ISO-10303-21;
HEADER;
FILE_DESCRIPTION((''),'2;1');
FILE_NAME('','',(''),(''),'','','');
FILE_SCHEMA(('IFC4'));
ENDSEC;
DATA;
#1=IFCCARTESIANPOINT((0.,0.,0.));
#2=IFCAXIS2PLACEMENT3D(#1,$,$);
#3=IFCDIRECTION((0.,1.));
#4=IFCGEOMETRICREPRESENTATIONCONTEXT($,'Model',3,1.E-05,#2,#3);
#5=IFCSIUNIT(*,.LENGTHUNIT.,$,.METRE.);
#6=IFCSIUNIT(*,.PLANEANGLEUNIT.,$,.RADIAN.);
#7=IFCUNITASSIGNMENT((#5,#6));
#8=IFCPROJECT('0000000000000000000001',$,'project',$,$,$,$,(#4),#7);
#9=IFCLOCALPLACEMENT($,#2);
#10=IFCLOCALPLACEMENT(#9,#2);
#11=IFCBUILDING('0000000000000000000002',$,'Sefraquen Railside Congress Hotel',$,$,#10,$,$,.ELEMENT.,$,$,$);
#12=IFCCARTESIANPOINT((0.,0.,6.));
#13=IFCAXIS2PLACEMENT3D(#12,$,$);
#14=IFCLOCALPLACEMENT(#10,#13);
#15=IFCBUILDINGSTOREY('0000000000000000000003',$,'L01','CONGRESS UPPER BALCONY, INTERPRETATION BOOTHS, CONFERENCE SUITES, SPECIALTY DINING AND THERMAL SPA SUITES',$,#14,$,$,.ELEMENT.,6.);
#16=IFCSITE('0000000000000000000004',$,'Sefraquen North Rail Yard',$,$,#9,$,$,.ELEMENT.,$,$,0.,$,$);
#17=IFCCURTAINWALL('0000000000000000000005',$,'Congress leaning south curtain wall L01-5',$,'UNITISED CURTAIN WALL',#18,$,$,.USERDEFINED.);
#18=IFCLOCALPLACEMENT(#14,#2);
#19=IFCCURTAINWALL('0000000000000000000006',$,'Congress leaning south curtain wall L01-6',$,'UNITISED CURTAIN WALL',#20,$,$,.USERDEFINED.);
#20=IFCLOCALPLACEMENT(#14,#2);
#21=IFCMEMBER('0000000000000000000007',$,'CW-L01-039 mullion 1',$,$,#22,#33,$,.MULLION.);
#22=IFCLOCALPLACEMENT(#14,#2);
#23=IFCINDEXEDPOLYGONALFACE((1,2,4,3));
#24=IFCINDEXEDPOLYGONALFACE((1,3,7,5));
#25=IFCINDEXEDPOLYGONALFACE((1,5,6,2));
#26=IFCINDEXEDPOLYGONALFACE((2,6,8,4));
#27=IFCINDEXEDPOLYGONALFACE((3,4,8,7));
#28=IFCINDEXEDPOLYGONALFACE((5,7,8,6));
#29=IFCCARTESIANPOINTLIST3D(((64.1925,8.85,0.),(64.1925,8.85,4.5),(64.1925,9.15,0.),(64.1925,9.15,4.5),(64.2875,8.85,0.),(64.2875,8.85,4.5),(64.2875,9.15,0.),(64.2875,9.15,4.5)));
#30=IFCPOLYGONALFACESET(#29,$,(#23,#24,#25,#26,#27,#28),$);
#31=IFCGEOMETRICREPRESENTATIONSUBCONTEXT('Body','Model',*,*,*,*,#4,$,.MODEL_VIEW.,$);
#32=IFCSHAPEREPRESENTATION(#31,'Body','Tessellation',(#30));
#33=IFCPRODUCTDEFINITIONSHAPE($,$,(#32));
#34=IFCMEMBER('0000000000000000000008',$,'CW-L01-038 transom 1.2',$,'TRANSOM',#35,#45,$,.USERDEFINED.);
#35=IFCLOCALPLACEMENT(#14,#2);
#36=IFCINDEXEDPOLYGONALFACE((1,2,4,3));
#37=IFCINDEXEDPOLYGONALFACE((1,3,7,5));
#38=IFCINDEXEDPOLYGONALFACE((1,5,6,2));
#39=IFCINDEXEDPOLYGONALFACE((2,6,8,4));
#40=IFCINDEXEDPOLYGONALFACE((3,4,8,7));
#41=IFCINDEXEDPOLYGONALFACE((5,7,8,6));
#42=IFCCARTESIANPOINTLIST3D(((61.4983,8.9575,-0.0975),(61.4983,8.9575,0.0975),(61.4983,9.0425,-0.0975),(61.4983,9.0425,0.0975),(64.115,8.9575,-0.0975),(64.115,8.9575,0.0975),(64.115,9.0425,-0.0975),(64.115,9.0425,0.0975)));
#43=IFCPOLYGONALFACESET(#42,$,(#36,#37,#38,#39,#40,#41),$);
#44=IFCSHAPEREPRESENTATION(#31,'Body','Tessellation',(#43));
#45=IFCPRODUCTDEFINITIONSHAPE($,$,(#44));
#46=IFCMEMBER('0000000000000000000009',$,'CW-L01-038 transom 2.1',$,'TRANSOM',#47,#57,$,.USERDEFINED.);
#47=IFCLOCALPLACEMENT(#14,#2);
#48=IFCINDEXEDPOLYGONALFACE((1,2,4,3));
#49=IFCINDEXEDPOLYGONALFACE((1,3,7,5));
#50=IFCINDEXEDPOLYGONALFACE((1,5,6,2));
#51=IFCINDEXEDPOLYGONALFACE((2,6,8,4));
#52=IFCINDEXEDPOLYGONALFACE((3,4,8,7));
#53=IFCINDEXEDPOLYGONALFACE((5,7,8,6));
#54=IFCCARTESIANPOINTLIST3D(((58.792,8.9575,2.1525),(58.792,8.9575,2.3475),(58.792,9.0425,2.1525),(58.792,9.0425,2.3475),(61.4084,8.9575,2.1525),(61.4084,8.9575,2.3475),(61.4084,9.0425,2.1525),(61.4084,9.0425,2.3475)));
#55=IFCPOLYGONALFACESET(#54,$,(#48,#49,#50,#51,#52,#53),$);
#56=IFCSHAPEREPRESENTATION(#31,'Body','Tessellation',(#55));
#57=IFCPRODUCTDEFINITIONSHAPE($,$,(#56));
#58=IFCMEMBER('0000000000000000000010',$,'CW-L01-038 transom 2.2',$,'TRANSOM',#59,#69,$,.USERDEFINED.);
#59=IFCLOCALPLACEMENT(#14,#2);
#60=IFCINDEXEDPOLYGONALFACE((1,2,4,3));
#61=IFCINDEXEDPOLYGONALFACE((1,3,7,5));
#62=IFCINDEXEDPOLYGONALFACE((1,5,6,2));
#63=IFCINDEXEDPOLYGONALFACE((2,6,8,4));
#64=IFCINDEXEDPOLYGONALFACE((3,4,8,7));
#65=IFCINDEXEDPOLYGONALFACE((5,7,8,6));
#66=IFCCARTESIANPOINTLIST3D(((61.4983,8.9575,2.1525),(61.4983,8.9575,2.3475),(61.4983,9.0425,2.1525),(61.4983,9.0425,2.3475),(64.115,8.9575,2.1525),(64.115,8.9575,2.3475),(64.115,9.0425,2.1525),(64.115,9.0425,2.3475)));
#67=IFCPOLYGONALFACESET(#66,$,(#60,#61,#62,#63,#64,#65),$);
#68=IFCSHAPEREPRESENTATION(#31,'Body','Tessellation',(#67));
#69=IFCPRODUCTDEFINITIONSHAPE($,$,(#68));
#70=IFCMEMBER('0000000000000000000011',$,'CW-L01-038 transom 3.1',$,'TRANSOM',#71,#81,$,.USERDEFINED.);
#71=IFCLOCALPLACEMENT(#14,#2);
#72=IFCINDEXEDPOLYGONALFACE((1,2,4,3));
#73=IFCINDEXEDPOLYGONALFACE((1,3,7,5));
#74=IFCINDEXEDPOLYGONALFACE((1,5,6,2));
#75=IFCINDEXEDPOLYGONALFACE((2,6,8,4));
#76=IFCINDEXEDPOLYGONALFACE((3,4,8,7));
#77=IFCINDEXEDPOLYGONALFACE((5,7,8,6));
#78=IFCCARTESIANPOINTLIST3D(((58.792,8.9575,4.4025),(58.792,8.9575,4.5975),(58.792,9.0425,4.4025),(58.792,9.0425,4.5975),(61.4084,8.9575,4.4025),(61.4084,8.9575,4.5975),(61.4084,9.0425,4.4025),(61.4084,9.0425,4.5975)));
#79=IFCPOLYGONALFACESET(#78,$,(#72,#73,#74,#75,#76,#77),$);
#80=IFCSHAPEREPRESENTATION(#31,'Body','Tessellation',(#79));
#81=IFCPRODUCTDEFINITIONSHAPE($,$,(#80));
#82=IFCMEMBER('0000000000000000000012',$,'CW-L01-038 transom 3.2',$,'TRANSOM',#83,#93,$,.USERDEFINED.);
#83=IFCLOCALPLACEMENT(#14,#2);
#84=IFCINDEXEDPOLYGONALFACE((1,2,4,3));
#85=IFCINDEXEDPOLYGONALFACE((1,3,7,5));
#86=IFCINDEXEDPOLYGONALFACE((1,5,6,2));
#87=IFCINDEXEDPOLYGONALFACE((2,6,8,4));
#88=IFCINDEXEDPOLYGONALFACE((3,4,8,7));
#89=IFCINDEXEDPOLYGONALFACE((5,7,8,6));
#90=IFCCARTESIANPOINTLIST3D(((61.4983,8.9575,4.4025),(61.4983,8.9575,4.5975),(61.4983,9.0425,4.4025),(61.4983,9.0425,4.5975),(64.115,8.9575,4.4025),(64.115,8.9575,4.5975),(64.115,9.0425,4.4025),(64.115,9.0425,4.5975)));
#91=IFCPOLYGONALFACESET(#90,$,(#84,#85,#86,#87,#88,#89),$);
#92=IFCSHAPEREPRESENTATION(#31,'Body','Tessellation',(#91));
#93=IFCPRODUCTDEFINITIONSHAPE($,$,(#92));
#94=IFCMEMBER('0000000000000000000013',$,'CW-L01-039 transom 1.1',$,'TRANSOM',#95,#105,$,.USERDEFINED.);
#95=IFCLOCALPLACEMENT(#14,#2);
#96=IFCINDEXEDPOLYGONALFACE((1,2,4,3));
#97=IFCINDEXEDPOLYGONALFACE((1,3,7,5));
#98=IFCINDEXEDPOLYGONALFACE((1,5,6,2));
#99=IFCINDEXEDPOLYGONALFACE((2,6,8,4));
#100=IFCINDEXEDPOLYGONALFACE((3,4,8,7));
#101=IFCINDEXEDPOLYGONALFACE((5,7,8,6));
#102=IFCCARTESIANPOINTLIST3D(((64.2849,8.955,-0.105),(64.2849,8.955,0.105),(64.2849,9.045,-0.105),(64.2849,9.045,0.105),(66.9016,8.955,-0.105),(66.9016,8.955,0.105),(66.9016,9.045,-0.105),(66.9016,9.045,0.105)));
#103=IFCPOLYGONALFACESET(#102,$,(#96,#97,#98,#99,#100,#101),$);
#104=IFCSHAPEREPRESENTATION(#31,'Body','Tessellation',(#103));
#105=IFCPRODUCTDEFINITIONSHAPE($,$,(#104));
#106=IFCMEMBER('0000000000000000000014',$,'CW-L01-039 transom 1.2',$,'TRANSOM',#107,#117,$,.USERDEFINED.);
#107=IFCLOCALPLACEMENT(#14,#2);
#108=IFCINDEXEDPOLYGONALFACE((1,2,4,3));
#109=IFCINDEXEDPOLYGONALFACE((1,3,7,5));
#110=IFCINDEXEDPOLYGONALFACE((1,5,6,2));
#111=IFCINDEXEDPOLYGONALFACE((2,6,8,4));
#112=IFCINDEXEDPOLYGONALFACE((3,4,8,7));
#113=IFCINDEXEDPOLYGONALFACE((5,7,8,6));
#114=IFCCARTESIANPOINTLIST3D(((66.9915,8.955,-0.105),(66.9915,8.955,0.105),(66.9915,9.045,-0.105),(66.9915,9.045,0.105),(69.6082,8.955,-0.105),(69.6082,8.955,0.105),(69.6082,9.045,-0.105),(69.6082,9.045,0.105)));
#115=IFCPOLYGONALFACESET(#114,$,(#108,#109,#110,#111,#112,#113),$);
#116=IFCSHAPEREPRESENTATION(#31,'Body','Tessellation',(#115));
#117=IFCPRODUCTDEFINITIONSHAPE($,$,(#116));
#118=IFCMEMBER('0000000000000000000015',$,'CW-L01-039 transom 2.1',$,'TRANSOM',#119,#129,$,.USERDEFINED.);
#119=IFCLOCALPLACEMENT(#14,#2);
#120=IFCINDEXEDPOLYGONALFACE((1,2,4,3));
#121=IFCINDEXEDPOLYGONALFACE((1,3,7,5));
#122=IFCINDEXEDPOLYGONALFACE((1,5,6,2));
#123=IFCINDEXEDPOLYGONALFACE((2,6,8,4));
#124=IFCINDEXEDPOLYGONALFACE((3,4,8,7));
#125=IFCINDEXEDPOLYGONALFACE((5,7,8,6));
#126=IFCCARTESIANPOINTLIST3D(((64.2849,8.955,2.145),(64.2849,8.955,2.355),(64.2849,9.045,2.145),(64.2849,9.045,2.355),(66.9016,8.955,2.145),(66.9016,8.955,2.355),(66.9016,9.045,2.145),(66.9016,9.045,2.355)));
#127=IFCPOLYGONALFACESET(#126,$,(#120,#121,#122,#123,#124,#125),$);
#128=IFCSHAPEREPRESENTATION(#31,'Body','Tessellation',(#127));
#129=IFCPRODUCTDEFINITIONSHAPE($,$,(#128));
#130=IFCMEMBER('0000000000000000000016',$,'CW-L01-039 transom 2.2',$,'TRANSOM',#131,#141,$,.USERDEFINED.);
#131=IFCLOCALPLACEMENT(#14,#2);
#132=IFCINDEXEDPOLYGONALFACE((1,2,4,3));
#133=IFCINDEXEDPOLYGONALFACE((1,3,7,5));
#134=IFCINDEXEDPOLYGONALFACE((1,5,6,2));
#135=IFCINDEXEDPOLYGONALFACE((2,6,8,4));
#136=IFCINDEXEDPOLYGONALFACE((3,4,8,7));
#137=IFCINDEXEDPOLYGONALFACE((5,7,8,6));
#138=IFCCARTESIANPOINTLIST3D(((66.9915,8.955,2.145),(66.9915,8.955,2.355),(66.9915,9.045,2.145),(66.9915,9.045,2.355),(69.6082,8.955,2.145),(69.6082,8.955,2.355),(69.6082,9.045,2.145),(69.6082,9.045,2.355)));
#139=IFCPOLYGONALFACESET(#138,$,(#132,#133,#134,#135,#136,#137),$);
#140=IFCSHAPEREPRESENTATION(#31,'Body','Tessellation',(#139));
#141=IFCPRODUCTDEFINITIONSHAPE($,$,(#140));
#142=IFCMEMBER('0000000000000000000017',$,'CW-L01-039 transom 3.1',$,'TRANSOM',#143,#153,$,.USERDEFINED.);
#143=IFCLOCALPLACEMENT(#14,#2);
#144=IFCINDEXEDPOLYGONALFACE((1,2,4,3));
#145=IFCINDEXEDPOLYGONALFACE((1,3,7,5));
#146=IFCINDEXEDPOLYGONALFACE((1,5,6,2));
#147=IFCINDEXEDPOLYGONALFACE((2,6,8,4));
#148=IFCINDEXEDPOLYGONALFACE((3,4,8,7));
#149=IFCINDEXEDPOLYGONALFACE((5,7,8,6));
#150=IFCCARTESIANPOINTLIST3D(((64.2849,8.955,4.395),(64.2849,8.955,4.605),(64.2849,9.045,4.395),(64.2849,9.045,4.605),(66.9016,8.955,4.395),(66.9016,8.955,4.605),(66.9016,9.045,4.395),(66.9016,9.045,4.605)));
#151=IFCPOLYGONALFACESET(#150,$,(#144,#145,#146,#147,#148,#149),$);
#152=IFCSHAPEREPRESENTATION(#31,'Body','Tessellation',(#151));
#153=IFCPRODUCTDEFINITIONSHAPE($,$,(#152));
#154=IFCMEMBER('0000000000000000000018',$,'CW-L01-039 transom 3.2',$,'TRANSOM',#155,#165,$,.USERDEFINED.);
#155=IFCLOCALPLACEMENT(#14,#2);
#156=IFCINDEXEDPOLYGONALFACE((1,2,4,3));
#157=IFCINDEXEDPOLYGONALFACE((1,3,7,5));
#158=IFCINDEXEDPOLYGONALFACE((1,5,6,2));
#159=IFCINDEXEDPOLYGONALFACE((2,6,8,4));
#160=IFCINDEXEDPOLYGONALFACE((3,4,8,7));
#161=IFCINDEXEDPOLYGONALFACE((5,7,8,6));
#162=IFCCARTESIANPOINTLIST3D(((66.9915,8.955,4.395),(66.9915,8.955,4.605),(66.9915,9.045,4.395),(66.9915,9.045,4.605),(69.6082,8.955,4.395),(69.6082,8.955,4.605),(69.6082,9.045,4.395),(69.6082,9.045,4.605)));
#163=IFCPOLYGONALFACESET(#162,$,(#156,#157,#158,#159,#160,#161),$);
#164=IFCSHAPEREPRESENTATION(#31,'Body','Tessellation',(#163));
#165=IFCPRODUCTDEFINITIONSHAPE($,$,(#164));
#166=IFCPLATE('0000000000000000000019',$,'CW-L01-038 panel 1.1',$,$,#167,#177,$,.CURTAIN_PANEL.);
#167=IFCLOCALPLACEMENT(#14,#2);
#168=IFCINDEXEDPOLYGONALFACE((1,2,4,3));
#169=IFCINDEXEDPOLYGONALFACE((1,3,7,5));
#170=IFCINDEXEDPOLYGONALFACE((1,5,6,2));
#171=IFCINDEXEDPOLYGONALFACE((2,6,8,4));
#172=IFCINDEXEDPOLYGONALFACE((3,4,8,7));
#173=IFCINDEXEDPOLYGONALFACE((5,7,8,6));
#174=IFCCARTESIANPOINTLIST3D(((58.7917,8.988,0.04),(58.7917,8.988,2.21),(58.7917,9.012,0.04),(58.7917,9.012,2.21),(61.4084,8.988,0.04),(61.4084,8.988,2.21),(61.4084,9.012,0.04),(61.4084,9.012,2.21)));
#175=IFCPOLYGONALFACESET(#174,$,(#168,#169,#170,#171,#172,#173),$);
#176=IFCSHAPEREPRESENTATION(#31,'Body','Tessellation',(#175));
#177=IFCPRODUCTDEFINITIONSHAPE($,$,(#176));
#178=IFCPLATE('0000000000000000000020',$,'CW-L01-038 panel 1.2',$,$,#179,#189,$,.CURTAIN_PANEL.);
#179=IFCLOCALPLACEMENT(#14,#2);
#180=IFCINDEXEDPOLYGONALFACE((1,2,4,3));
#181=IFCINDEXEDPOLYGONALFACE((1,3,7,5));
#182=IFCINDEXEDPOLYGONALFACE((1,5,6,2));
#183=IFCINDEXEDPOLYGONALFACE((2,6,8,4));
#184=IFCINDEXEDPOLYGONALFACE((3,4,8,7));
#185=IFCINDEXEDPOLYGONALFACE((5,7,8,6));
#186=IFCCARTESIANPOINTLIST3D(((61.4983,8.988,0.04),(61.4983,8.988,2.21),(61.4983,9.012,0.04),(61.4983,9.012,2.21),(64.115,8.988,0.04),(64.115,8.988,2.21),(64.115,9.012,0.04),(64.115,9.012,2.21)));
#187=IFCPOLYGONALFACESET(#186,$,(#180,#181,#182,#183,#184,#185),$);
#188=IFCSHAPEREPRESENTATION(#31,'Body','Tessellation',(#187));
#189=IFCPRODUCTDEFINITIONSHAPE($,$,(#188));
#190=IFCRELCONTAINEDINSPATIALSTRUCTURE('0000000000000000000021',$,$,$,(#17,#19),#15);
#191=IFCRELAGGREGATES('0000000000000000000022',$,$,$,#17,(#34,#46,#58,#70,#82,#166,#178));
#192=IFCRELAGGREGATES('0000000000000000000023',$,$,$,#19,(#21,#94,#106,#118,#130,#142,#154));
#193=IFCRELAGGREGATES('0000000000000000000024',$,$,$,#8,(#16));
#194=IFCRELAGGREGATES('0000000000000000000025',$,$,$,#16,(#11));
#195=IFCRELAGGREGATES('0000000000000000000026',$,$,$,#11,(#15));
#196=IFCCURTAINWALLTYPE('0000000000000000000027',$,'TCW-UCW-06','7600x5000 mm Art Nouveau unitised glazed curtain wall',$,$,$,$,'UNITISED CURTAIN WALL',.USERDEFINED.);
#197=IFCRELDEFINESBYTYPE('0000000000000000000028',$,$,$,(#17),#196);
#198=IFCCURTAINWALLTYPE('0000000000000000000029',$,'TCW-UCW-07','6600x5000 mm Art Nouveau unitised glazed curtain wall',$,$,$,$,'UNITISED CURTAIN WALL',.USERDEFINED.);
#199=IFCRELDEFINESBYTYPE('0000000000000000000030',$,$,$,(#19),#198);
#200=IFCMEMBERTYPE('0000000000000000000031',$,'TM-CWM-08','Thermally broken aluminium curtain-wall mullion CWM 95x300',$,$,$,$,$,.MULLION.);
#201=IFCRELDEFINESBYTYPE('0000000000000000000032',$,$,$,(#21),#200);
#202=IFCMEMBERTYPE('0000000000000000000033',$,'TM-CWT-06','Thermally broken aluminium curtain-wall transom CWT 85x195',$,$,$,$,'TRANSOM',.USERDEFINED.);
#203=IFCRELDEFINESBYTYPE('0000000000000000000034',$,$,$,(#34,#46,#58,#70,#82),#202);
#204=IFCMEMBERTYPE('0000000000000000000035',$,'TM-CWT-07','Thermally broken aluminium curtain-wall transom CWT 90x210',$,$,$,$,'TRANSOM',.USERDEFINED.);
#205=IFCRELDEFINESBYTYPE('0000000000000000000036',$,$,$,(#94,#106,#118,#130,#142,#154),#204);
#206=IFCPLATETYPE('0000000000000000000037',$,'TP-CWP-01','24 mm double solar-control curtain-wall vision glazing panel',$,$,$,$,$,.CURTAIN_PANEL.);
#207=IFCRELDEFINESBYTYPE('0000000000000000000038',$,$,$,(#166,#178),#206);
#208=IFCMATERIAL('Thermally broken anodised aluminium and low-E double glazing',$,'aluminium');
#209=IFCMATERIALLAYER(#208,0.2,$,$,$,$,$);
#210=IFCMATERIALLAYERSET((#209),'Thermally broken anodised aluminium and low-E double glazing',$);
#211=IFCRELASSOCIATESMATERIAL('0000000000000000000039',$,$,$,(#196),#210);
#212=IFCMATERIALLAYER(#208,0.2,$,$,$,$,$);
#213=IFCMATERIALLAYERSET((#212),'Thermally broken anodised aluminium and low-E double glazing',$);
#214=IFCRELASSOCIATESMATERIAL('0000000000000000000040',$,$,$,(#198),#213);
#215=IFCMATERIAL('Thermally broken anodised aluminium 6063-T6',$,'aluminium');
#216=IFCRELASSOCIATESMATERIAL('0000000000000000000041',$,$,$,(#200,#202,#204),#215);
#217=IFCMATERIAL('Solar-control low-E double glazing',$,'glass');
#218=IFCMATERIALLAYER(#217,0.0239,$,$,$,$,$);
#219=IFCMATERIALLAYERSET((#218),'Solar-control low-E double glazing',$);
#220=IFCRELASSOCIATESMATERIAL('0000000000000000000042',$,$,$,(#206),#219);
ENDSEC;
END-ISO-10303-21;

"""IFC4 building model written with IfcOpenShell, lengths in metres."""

from ifc_helpers import new_model, si_unit, direction, frame, origin, origin_2d, place, context, subcontext, project, spatial, rectangle, extrude, material, layer, layer_set, material_profile, profile_set, type_object, element, aggregate, save


model = new_model("IFC4")

# Units and contexts
model_context = context("Model", 3, precision=1e-05, world=origin(), true_north=direction((0.0, 1.0)))
body_context = subcontext(model_context, "Body", "Model", "MODEL_VIEW")
ifc_project = project(units=[si_unit("LENGTHUNIT", "METRE"), si_unit("PLANEANGLEUNIT", "RADIAN")], contexts=[model_context])

# Site, building, storey
site_placement = place(None, origin())
site = spatial("IfcSite", under=ifc_project, at=site_placement, Name="Sefraquen North Rail Yard", CompositionType="ELEMENT", RefElevation=0.0)
building_placement = place(site_placement, origin())
building = spatial("IfcBuilding", under=site, at=building_placement, Name="Sefraquen Railside Congress Hotel", CompositionType="ELEMENT")
storey_placement = place(building_placement, frame((0.0, 0.0, 6.0)))
storey = spatial("IfcBuildingStorey", under=building, at=storey_placement, Name="L01", Description="CONGRESS UPPER BALCONY, INTERPRETATION BOOTHS, CONFERENCE SUITES, SPECIALTY DINING AND THERMAL SPA SUITES", CompositionType="ELEMENT", Elevation=6.0)

# Curtain walls
ifc_material_1 = material(Name="Thermally broken anodised aluminium and low-E double glazing", Category="aluminium")
ifc_layer_1 = layer(ifc_material_1, 0.2)
ifc_layer_set_1 = layer_set([ifc_layer_1], Name="Thermally broken anodised aluminium and low-E double glazing")
curtain_wall_type_1 = type_object("IfcCurtainWallType", Name="TCW-UCW-06", Description="7600x5000 mm Art Nouveau unitised glazed curtain wall", ElementType="UNITISED CURTAIN WALL", PredefinedType="USERDEFINED", material=ifc_layer_set_1)
curtain_wall_1_placement = place(storey_placement, origin())
curtain_wall_1 = element("IfcCurtainWall", 1, at=curtain_wall_1_placement, inside=storey, type_object=curtain_wall_type_1, Name="Congress leaning south curtain wall L01-5", ObjectType="UNITISED CURTAIN WALL", PredefinedType="USERDEFINED")
ifc_material_2 = material(Name="Thermally broken anodised aluminium 6063-T6", Category="aluminium")
ifc_layer_2 = layer(ifc_material_1, 0.2)
ifc_layer_set_2 = layer_set([ifc_layer_2], Name="Thermally broken anodised aluminium and low-E double glazing")
curtain_wall_type_2 = type_object("IfcCurtainWallType", Name="TCW-UCW-07", Description="6600x5000 mm Art Nouveau unitised glazed curtain wall", ElementType="UNITISED CURTAIN WALL", PredefinedType="USERDEFINED", material=ifc_layer_set_2)
curtain_wall_2_placement = place(storey_placement, origin())
curtain_wall_2 = element("IfcCurtainWall", 2, at=curtain_wall_2_placement, inside=storey, type_object=curtain_wall_type_2, Name="Congress leaning south curtain wall L01-6", ObjectType="UNITISED CURTAIN WALL", PredefinedType="USERDEFINED")

# Members
ifc_material_profile_1 = material_profile(ifc_material_2, rectangle(XDim=0.095, YDim=0.3, at=origin_2d()), Name="CWM 95x300")
ifc_profile_set_1 = profile_set([ifc_material_profile_1], Name="Thermally broken anodised aluminium 6063-T6")
member_type_1 = type_object("IfcMemberType", Name="TM-CWM-08", Description="Thermally broken aluminium curtain-wall mullion CWM 95x300", PredefinedType="MULLION", material=ifc_profile_set_1)
member_1_placement = place(storey_placement, frame((64.24, 9.0, 0.0), z_axis=(0.0, 0.0, 1.0), x_axis=(1.0, 0.0, 0.0)))
member_1 = element("IfcMember", 3, at=member_1_placement, type_object=member_type_1, Name="CW-L01-039 mullion 1", PredefinedType="MULLION", context=body_context, shape_type="SweptSolid", body=[
    extrude(rectangle(XDim=0.095, YDim=0.3, at=origin_2d()), origin(), (0.0, 0.0, 1.0), 4.5),
])
ifc_material_profile_2 = material_profile(ifc_material_2, rectangle(XDim=0.085, YDim=0.1951, at=origin_2d()), Name="CWT 85x195")
ifc_profile_set_2 = profile_set([ifc_material_profile_2], Name="Thermally broken anodised aluminium 6063-T6")
member_type_2 = type_object("IfcMemberType", Name="TM-CWT-06", Description="Thermally broken aluminium curtain-wall transom CWT 85x195", ElementType="TRANSOM", PredefinedType="USERDEFINED", material=ifc_profile_set_2)
member_2_placement = place(storey_placement, frame((61.4983, 9.0, 0.0), z_axis=(1.0, 0.0, 0.0), x_axis=(0.0, 1.0, 0.0)))
member_2 = element("IfcMember", 4, at=member_2_placement, type_object=member_type_2, Name="CW-L01-038 transom 1.2", ObjectType="TRANSOM", PredefinedType="USERDEFINED", context=body_context, shape_type="SweptSolid", body=[
    extrude(rectangle(XDim=0.085, YDim=0.1951, at=origin_2d()), origin(), (0.0, 0.0, 1.0), 2.6167),
])
member_3_placement = place(storey_placement, frame((58.792, 9.0, 2.25), z_axis=(1.0, 0.0, 0.0), x_axis=(0.0, 1.0, 0.0)))
member_3 = element("IfcMember", 5, at=member_3_placement, type_object=member_type_2, Name="CW-L01-038 transom 2.1", ObjectType="TRANSOM", PredefinedType="USERDEFINED", context=body_context, shape_type="SweptSolid", body=[
    extrude(rectangle(XDim=0.085, YDim=0.1951, at=origin_2d()), origin(), (0.0, 0.0, 1.0), 2.6165),
])
member_4_placement = place(storey_placement, frame((61.4983, 9.0, 2.25), z_axis=(1.0, 0.0, 0.0), x_axis=(0.0, 1.0, 0.0)))
member_4 = element("IfcMember", 6, at=member_4_placement, type_object=member_type_2, Name="CW-L01-038 transom 2.2", ObjectType="TRANSOM", PredefinedType="USERDEFINED", context=body_context, shape_type="SweptSolid", body=[
    extrude(rectangle(XDim=0.085, YDim=0.1951, at=origin_2d()), origin(), (0.0, 0.0, 1.0), 2.6167),
])
member_5_placement = place(storey_placement, frame((58.792, 9.0, 4.5), z_axis=(1.0, 0.0, 0.0), x_axis=(0.0, 1.0, 0.0)))
member_5 = element("IfcMember", 7, at=member_5_placement, type_object=member_type_2, Name="CW-L01-038 transom 3.1", ObjectType="TRANSOM", PredefinedType="USERDEFINED", context=body_context, shape_type="SweptSolid", body=[
    extrude(rectangle(XDim=0.085, YDim=0.1951, at=origin_2d()), origin(), (0.0, 0.0, 1.0), 2.6165),
])
member_6_placement = place(storey_placement, frame((61.4983, 9.0, 4.5), z_axis=(1.0, 0.0, 0.0), x_axis=(0.0, 1.0, 0.0)))
member_6 = element("IfcMember", 8, at=member_6_placement, type_object=member_type_2, Name="CW-L01-038 transom 3.2", ObjectType="TRANSOM", PredefinedType="USERDEFINED", context=body_context, shape_type="SweptSolid", body=[
    extrude(rectangle(XDim=0.085, YDim=0.1951, at=origin_2d()), origin(), (0.0, 0.0, 1.0), 2.6167),
])
ifc_material_profile_3 = material_profile(ifc_material_2, rectangle(XDim=0.0901, YDim=0.21, at=origin_2d()), Name="CWT 90x210")
ifc_profile_set_3 = profile_set([ifc_material_profile_3], Name="Thermally broken anodised aluminium 6063-T6")
member_type_3 = type_object("IfcMemberType", Name="TM-CWT-07", Description="Thermally broken aluminium curtain-wall transom CWT 90x210", ElementType="TRANSOM", PredefinedType="USERDEFINED", material=ifc_profile_set_3)
member_7_placement = place(storey_placement, frame((64.2849, 9.0, 0.0), z_axis=(1.0, 0.0, 0.0), x_axis=(0.0, 1.0, 0.0)))
member_7 = element("IfcMember", 9, at=member_7_placement, type_object=member_type_3, Name="CW-L01-039 transom 1.1", ObjectType="TRANSOM", PredefinedType="USERDEFINED", context=body_context, shape_type="SweptSolid", body=[
    extrude(rectangle(XDim=0.0901, YDim=0.21, at=origin_2d()), origin(), (0.0, 0.0, 1.0), 2.6167),
])
member_8_placement = place(storey_placement, frame((66.9915, 9.0, 0.0), z_axis=(1.0, 0.0, 0.0), x_axis=(0.0, 1.0, 0.0)))
member_8 = element("IfcMember", 10, at=member_8_placement, type_object=member_type_3, Name="CW-L01-039 transom 1.2", ObjectType="TRANSOM", PredefinedType="USERDEFINED", context=body_context, shape_type="SweptSolid", body=[
    extrude(rectangle(XDim=0.0901, YDim=0.21, at=origin_2d()), origin(), (0.0, 0.0, 1.0), 2.6167),
])
member_9_placement = place(storey_placement, frame((64.2849, 9.0, 2.25), z_axis=(1.0, 0.0, 0.0), x_axis=(0.0, 1.0, 0.0)))
member_9 = element("IfcMember", 11, at=member_9_placement, type_object=member_type_3, Name="CW-L01-039 transom 2.1", ObjectType="TRANSOM", PredefinedType="USERDEFINED", context=body_context, shape_type="SweptSolid", body=[
    extrude(rectangle(XDim=0.0901, YDim=0.21, at=origin_2d()), origin(), (0.0, 0.0, 1.0), 2.6167),
])
member_10_placement = place(storey_placement, frame((66.9915, 9.0, 2.25), z_axis=(1.0, 0.0, 0.0), x_axis=(0.0, 1.0, 0.0)))
member_10 = element("IfcMember", 12, at=member_10_placement, type_object=member_type_3, Name="CW-L01-039 transom 2.2", ObjectType="TRANSOM", PredefinedType="USERDEFINED", context=body_context, shape_type="SweptSolid", body=[
    extrude(rectangle(XDim=0.0901, YDim=0.21, at=origin_2d()), origin(), (0.0, 0.0, 1.0), 2.6167),
])
member_11_placement = place(storey_placement, frame((64.2849, 9.0, 4.5), z_axis=(1.0, 0.0, 0.0), x_axis=(0.0, 1.0, 0.0)))
member_11 = element("IfcMember", 13, at=member_11_placement, type_object=member_type_3, Name="CW-L01-039 transom 3.1", ObjectType="TRANSOM", PredefinedType="USERDEFINED", context=body_context, shape_type="SweptSolid", body=[
    extrude(rectangle(XDim=0.0901, YDim=0.21, at=origin_2d()), origin(), (0.0, 0.0, 1.0), 2.6167),
])
member_12_placement = place(storey_placement, frame((66.9915, 9.0, 4.5), z_axis=(1.0, 0.0, 0.0), x_axis=(0.0, 1.0, 0.0)))
member_12 = element("IfcMember", 14, at=member_12_placement, type_object=member_type_3, Name="CW-L01-039 transom 3.2", ObjectType="TRANSOM", PredefinedType="USERDEFINED", context=body_context, shape_type="SweptSolid", body=[
    extrude(rectangle(XDim=0.0901, YDim=0.21, at=origin_2d()), origin(), (0.0, 0.0, 1.0), 2.6167),
])

# Plates
ifc_material_3 = material(Name="Solar-control low-E double glazing", Category="glass")
ifc_layer_3 = layer(ifc_material_3, 0.0239)
ifc_layer_set_3 = layer_set([ifc_layer_3], Name="Solar-control low-E double glazing")
plate_type_1 = type_object("IfcPlateType", Name="TP-CWP-01", Description="24 mm double solar-control curtain-wall vision glazing panel", PredefinedType="CURTAIN_PANEL", material=ifc_layer_set_3)
plate_1_placement = place(storey_placement, frame((60.1001, 9.0, 0.04), z_axis=(0.0, 0.0, 1.0), x_axis=(1.0, 0.0, 0.0)))
plate_1 = element("IfcPlate", 15, at=plate_1_placement, type_object=plate_type_1, Name="CW-L01-038 panel 1.1", PredefinedType="CURTAIN_PANEL", context=body_context, shape_type="SweptSolid", body=[
    extrude(rectangle(XDim=2.6167, YDim=0.0239, at=origin_2d()), origin(), (0.0, 0.0, 1.0), 2.1699),
])
plate_2_placement = place(storey_placement, frame((62.8066, 9.0, 0.04), z_axis=(0.0, 0.0, 1.0), x_axis=(1.0, 0.0, 0.0)))
plate_2 = element("IfcPlate", 16, at=plate_2_placement, type_object=plate_type_1, Name="CW-L01-038 panel 1.2", PredefinedType="CURTAIN_PANEL", context=body_context, shape_type="SweptSolid", body=[
    extrude(rectangle(XDim=2.6167, YDim=0.0239, at=origin_2d()), origin(), (0.0, 0.0, 1.0), 2.1699),
])
aggregate(curtain_wall_1, [member_2, member_3, member_4, member_5, member_6, plate_1, plate_2])
aggregate(curtain_wall_2, [member_1, member_7, member_8, member_9, member_10, member_11, member_12])

save(model, "model.ifc")
